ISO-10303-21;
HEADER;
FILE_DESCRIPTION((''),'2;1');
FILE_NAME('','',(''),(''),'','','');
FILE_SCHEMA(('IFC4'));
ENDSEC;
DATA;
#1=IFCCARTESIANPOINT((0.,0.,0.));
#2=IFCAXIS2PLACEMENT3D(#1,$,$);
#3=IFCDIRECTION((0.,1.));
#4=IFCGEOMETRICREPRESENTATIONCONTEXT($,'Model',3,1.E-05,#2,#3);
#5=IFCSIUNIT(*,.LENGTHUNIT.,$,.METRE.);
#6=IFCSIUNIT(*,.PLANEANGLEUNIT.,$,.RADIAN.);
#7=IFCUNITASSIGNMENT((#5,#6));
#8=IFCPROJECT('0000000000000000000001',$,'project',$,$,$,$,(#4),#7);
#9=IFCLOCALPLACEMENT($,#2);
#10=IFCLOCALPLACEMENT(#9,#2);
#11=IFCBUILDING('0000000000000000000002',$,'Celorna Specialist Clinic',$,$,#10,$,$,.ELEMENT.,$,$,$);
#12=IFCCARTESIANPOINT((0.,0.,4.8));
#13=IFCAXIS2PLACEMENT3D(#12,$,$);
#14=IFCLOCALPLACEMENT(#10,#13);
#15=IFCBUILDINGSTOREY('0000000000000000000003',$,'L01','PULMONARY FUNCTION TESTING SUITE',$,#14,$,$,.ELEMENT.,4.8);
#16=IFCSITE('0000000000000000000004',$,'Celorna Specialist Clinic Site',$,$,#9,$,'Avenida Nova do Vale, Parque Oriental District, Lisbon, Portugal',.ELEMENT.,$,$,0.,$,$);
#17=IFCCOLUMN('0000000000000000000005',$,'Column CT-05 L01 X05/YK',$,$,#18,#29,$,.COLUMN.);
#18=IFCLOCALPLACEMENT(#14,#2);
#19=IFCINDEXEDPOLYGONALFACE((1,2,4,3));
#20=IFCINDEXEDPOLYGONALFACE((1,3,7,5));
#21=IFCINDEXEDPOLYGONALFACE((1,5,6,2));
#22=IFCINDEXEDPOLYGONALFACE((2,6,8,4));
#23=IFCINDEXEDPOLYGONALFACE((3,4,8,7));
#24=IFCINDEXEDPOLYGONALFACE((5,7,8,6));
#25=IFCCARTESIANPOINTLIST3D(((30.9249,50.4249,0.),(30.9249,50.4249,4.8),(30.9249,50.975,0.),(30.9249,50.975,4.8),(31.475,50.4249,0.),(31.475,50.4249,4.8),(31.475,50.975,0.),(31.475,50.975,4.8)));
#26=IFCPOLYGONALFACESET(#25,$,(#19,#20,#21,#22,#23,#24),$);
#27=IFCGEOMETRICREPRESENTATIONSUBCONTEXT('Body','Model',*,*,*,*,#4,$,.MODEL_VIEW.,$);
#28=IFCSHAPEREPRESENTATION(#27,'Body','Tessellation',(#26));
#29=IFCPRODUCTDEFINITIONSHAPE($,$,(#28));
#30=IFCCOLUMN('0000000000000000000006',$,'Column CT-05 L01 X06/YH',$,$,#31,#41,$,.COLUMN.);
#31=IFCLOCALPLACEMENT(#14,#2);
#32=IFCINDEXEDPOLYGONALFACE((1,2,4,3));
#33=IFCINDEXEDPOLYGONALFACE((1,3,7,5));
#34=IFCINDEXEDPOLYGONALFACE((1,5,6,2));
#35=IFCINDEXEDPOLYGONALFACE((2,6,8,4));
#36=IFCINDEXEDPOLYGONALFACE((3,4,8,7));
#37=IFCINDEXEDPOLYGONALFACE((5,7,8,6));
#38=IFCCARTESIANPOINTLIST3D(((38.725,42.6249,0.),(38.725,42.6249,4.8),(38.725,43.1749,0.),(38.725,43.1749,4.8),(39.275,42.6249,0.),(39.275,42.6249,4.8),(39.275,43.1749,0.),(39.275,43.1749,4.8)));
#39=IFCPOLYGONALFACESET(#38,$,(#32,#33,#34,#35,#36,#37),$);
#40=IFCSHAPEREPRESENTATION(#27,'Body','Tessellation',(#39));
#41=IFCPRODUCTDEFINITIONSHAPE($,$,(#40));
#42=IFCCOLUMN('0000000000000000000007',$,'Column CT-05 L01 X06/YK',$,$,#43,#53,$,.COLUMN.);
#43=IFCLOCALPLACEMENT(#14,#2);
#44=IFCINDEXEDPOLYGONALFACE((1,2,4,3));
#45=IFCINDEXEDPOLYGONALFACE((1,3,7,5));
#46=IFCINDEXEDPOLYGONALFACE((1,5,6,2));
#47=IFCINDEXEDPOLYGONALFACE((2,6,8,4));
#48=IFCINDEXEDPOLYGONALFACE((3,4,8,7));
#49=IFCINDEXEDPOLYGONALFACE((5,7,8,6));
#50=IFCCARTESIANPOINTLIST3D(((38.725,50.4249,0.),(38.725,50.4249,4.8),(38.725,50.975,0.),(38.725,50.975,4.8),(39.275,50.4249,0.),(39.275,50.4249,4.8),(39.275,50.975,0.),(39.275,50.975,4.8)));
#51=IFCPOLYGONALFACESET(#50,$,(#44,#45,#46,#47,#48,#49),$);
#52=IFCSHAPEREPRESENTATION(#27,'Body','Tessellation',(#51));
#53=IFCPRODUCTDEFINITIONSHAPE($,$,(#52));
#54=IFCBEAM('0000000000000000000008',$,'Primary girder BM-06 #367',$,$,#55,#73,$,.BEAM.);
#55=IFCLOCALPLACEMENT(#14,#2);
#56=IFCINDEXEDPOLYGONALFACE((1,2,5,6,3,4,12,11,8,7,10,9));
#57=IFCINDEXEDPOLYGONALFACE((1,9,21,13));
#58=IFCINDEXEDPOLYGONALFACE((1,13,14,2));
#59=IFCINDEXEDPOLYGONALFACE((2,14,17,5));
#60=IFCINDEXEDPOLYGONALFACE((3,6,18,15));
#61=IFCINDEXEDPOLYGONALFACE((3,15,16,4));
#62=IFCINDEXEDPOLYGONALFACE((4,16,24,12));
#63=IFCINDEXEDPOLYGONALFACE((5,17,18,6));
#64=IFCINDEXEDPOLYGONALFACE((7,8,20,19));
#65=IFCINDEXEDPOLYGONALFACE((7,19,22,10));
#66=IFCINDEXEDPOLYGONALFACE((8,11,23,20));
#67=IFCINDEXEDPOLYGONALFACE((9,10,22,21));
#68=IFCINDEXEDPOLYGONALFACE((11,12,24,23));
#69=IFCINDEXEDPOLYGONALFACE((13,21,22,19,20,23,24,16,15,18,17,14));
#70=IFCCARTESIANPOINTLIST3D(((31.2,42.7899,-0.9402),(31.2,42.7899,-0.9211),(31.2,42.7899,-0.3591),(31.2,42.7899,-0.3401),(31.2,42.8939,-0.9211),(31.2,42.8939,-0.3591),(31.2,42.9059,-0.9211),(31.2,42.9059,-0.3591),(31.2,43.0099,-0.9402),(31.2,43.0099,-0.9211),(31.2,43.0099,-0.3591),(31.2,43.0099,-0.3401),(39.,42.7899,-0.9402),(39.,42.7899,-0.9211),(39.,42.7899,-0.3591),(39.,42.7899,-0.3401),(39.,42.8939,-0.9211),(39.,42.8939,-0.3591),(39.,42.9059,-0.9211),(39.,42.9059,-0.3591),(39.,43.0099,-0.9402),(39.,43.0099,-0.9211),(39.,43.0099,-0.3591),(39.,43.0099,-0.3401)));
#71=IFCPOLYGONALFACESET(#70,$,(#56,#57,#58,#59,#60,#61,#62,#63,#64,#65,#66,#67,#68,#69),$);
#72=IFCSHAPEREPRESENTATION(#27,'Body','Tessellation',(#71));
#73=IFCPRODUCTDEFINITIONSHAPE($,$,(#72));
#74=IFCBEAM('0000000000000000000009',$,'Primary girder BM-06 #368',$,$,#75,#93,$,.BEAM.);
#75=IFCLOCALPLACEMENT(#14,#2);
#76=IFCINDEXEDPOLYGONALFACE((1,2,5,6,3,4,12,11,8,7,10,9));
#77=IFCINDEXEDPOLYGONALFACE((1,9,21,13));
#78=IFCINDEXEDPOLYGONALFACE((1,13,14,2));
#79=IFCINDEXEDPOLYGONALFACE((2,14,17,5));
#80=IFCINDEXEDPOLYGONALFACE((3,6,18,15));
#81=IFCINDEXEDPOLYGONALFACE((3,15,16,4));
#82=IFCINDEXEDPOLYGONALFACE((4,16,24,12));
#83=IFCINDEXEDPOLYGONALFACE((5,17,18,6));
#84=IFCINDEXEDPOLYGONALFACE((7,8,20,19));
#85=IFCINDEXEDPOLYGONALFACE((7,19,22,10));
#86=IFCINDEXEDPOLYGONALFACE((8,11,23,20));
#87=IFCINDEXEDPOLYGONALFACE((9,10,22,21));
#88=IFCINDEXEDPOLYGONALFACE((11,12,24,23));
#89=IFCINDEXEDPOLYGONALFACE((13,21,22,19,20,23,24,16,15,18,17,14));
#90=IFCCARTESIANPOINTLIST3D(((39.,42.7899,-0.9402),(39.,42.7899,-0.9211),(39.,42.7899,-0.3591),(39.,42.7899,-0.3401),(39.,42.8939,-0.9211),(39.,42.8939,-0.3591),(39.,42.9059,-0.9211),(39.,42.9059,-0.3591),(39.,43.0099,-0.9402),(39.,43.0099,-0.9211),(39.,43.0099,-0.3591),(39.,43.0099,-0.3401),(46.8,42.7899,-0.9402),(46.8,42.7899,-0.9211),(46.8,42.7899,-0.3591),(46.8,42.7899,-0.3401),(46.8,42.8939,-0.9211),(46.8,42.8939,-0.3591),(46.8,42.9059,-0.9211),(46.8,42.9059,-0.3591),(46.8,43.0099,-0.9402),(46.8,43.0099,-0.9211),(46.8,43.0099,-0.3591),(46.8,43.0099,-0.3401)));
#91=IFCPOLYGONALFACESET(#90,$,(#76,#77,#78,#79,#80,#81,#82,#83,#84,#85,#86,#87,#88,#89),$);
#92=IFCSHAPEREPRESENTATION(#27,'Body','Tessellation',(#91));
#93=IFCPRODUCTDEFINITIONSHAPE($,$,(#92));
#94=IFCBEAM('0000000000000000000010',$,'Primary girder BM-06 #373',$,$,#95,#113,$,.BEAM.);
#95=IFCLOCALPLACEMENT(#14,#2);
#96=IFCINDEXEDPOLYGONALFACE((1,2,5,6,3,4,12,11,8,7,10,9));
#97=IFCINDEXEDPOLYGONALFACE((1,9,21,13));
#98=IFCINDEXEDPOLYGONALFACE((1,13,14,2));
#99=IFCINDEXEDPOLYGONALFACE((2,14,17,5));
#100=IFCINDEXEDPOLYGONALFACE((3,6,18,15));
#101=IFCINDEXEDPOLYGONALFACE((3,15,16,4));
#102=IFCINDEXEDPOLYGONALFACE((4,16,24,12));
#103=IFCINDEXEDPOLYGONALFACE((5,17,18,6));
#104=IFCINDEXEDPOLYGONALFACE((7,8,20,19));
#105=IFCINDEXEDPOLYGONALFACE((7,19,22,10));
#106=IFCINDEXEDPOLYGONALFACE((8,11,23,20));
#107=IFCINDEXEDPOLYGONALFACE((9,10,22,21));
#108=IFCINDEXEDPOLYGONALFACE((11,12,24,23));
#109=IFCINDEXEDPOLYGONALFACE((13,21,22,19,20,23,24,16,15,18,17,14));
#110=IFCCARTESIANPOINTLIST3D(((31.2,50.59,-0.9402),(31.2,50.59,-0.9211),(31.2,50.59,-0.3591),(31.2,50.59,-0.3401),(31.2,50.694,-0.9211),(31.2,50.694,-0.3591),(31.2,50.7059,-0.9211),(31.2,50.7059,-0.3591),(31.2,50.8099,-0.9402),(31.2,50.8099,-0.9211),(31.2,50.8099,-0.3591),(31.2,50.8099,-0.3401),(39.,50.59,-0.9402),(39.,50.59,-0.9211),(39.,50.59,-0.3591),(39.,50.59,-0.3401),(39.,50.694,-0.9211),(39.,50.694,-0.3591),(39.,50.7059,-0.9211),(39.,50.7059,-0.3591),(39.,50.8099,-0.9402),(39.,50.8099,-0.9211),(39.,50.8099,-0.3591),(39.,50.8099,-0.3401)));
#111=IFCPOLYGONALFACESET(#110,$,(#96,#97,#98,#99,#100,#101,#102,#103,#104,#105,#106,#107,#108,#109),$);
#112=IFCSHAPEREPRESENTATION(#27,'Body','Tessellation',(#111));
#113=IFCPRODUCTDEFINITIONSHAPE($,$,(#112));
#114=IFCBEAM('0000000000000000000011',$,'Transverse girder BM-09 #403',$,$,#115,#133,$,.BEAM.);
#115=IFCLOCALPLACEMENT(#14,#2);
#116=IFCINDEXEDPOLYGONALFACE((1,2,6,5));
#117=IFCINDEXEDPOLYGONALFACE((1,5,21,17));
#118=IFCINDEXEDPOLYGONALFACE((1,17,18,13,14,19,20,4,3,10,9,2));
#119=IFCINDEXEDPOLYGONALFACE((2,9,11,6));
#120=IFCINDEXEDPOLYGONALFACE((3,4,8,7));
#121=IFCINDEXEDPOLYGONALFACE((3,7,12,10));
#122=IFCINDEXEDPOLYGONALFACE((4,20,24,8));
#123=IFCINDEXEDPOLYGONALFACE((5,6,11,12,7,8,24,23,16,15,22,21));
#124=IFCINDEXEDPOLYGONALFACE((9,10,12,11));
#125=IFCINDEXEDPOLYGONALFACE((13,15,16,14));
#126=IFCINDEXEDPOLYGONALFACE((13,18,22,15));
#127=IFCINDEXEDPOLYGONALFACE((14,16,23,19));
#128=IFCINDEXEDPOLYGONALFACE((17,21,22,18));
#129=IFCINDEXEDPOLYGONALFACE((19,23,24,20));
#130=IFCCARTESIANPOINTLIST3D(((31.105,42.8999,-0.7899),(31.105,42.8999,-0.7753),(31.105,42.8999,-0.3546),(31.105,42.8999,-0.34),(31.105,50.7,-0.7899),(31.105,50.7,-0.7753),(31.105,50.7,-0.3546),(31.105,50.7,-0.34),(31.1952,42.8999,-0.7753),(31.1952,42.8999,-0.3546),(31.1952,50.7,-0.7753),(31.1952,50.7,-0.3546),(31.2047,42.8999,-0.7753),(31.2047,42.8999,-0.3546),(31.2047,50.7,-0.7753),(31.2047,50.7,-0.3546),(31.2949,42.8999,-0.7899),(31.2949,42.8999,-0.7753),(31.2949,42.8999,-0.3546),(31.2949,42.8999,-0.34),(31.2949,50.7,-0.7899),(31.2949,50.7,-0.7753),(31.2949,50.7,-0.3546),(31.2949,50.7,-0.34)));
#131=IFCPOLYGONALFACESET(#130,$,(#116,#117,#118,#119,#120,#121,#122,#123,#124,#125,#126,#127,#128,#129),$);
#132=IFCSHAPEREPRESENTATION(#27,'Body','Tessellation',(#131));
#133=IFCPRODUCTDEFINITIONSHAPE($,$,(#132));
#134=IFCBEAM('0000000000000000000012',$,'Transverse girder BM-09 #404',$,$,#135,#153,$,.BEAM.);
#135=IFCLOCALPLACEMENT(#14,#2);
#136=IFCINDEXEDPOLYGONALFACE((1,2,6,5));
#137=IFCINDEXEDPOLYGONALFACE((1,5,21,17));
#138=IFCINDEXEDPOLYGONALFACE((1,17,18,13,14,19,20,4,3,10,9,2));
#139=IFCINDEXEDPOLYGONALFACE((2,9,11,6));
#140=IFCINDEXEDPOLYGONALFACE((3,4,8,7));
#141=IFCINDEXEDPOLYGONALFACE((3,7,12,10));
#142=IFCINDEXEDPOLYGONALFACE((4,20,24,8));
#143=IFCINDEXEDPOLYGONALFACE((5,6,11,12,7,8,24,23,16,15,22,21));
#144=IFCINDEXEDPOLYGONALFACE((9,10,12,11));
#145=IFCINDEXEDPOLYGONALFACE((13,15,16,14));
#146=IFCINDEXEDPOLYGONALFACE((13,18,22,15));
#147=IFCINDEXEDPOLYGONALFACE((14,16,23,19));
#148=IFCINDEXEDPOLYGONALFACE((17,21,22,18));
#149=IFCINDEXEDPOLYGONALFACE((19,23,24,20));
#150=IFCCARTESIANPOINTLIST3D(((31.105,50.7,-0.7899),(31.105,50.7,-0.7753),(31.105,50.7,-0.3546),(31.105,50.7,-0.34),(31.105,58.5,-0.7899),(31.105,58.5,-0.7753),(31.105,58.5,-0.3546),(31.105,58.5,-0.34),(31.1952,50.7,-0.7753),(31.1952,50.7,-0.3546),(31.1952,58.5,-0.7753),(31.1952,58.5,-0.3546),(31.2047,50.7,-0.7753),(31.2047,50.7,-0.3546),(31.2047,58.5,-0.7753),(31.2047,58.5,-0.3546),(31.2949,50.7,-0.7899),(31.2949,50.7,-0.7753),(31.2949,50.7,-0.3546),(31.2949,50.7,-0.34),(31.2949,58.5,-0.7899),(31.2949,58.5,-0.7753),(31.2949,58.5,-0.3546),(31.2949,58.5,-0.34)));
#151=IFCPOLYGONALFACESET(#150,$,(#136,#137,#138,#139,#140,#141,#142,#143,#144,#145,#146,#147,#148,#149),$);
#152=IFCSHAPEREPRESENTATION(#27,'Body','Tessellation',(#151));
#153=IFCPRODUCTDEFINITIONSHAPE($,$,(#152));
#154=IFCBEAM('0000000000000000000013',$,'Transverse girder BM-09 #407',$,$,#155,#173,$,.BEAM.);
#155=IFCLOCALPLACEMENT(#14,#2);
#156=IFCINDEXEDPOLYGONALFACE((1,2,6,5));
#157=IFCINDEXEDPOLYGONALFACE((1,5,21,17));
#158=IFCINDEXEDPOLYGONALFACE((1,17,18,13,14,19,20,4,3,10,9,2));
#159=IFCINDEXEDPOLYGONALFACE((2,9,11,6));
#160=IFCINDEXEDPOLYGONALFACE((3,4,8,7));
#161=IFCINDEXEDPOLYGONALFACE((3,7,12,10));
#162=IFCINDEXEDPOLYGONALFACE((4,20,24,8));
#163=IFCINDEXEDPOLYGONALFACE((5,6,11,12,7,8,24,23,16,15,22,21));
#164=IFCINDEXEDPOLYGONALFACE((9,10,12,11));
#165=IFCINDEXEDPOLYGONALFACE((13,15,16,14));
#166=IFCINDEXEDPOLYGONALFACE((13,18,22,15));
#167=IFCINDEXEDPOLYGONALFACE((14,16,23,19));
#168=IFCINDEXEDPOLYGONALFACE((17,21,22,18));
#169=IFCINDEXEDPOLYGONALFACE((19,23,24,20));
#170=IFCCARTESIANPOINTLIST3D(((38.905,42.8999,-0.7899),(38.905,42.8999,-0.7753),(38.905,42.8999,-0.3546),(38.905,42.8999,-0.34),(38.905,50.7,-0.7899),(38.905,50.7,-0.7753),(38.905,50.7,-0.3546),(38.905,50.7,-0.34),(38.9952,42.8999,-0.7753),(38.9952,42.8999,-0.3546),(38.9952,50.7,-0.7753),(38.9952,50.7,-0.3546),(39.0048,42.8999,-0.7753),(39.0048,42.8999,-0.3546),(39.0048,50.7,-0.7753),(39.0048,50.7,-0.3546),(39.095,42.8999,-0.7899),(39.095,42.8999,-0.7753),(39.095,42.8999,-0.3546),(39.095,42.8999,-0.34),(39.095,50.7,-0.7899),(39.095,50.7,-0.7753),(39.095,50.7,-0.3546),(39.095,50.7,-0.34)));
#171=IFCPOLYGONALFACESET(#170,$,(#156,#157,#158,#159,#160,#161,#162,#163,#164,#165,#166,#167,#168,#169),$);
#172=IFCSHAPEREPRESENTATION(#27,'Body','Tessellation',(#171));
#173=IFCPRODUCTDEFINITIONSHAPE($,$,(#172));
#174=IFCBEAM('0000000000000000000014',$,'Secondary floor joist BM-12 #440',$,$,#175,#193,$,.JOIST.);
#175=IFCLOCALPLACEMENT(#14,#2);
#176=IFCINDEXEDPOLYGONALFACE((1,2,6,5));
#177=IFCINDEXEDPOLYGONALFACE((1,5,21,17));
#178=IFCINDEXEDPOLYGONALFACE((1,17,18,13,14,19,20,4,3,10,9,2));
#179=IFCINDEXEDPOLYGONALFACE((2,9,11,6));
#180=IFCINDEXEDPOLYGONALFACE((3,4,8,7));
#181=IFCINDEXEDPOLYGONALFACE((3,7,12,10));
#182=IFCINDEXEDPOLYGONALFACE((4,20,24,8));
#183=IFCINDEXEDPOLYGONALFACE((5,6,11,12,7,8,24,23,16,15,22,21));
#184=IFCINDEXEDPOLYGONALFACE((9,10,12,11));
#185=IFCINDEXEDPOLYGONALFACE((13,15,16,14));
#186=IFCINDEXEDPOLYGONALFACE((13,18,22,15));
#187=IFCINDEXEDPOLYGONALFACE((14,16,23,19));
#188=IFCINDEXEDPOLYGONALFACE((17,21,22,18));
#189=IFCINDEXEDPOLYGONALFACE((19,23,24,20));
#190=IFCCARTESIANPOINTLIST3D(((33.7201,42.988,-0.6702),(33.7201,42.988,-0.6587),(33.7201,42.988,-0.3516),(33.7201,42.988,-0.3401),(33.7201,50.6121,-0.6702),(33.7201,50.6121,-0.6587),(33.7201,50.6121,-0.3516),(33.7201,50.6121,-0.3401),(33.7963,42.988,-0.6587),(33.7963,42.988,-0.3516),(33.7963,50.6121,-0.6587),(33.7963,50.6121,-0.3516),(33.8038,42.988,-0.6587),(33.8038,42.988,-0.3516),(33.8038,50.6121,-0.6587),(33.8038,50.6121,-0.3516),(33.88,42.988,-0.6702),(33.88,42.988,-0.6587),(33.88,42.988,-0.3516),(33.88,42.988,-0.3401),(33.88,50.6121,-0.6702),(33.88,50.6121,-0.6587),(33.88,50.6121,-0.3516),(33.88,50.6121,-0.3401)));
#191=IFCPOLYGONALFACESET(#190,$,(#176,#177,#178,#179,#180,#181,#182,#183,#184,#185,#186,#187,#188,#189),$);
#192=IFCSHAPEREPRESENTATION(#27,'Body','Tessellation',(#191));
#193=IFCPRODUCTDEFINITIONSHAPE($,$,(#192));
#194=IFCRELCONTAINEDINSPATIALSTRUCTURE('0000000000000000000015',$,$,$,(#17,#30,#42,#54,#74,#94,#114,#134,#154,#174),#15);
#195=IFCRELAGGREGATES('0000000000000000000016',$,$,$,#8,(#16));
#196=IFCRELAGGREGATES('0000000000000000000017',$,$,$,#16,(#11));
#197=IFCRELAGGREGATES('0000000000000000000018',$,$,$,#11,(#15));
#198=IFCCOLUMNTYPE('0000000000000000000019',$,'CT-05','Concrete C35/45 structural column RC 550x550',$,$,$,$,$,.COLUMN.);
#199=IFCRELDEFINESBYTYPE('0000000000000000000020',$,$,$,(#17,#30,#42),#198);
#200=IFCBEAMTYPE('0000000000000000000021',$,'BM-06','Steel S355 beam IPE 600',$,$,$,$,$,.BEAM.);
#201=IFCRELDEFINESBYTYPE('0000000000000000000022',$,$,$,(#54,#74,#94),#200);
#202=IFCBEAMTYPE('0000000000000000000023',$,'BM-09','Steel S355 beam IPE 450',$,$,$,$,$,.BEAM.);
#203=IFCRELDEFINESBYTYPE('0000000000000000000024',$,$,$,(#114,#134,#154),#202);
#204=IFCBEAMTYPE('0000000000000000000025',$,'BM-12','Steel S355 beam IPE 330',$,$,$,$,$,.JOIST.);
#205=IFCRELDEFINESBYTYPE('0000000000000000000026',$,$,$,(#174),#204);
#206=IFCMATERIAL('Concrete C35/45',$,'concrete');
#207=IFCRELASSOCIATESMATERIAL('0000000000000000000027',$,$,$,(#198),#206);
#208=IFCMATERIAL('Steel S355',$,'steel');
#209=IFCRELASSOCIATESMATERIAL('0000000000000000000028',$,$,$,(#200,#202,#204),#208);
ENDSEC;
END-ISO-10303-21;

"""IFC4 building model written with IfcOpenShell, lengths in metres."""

from ifc_helpers import new_model, si_unit, direction, frame, origin, origin_2d, place, context, subcontext, project, spatial, rectangle, i_section, extrude, material, material_profile, profile_set, type_object, element, save


model = new_model("IFC4")

# Units and contexts
model_context = context("Model", 3, precision=1e-05, world=origin(), true_north=direction((0.0, 1.0)))
body_context = subcontext(model_context, "Body", "Model", "MODEL_VIEW")
ifc_project = project(units=[si_unit("LENGTHUNIT", "METRE"), si_unit("PLANEANGLEUNIT", "RADIAN")], contexts=[model_context])

# Site, building, storey
site_placement = place(None, origin())
site = spatial("IfcSite", under=ifc_project, at=site_placement, Name="Celorna Specialist Clinic Site", LongName="Avenida Nova do Vale, Parque Oriental District, Lisbon, Portugal", CompositionType="ELEMENT", RefElevation=0.0)
building_placement = place(site_placement, origin())
building = spatial("IfcBuilding", under=site, at=building_placement, Name="Celorna Specialist Clinic", CompositionType="ELEMENT")
storey_placement = place(building_placement, frame((0.0, 0.0, 4.8)))
storey = spatial("IfcBuildingStorey", under=building, at=storey_placement, Name="L01", Description="PULMONARY FUNCTION TESTING SUITE", CompositionType="ELEMENT", Elevation=4.8)

# Columns
ifc_material_1 = material(Name="Concrete C35/45", Category="concrete")
ifc_material_profile_1 = material_profile(ifc_material_1, rectangle(XDim=0.55, YDim=0.55, at=origin_2d()), Name="RC 550x550")
ifc_profile_set_1 = profile_set([ifc_material_profile_1], Name="Concrete C35/45")
column_type = type_object("IfcColumnType", Name="CT-05", Description="Concrete C35/45 structural column RC 550x550", PredefinedType="COLUMN", material=ifc_profile_set_1)
for number, where, z_axis, x_axis, name in (
    (1, (31.2, 50.7, 0.0), (0.0, 0.0, 1.0), (1.0, 0.0, 0.0), "Column CT-05 L01 X05/YK"),
    (2, (39.0, 42.8999, 0.0), (0.0, 0.0, 1.0), (1.0, 0.0, 0.0), "Column CT-05 L01 X06/YH"),
    (3, (39.0, 50.7, 0.0), (0.0, 0.0, 1.0), (1.0, 0.0, 0.0), "Column CT-05 L01 X06/YK"),
):
    element("IfcColumn", number, at=place(storey_placement, frame(where, z_axis=z_axis, x_axis=x_axis)), inside=storey, type_object=column_type, Name=name, PredefinedType="COLUMN", context=body_context, shape_type="SweptSolid", body=[
        extrude(rectangle(XDim=0.55, YDim=0.55, at=origin_2d()), origin(), (0.0, 0.0, 1.0), 4.8),
    ])

# Beams
ifc_material_2 = material(Name="Steel S355", Category="steel")
ifc_material_profile_2 = material_profile(ifc_material_2, i_section(OverallWidth=0.22, OverallDepth=0.6001, WebThickness=0.012, FlangeThickness=0.019, at=origin_2d()), Name="IPE 600")
ifc_profile_set_2 = profile_set([ifc_material_profile_2], Name="Steel S355")
beam_type_1 = type_object("IfcBeamType", Name="BM-06", Description="Steel S355 beam IPE 600", PredefinedType="BEAM", material=ifc_profile_set_2)
for number, where, z_axis, x_axis, name in (
    (4, (31.2, 42.8999, -0.6401), (1.0, 0.0, 0.0), (0.0, 1.0, 0.0), "Primary girder BM-06 #367"),
    (5, (39.0, 42.8999, -0.6401), (1.0, 0.0, 0.0), (0.0, 1.0, 0.0), "Primary girder BM-06 #368"),
    (6, (31.2, 50.7, -0.6401), (1.0, 0.0, 0.0), (0.0, 1.0, 0.0), "Primary girder BM-06 #373"),
):
    element("IfcBeam", number, at=place(storey_placement, frame(where, z_axis=z_axis, x_axis=x_axis)), inside=storey, type_object=beam_type_1, Name=name, PredefinedType="BEAM", context=body_context, shape_type="SweptSolid", body=[
        extrude(i_section(OverallWidth=0.22, OverallDepth=0.6001, WebThickness=0.012, FlangeThickness=0.019, at=origin_2d()), origin(), (0.0, 0.0, 1.0), 7.8),
    ])
ifc_material_profile_3 = material_profile(ifc_material_2, i_section(OverallWidth=0.1899, OverallDepth=0.45, WebThickness=0.0095, FlangeThickness=0.0146, at=origin_2d()), Name="IPE 450")
ifc_profile_set_3 = profile_set([ifc_material_profile_3], Name="Steel S355")
beam_type_2 = type_object("IfcBeamType", Name="BM-09", Description="Steel S355 beam IPE 450", PredefinedType="BEAM", material=ifc_profile_set_3)
for number, where, z_axis, x_axis, name in (
    (7, (31.2, 42.8999, -0.5649), (0.0, 1.0, 0.0), (-1.0, 0.0, 0.0), "Transverse girder BM-09 #403"),
    (8, (31.2, 50.7, -0.5649), (0.0, 1.0, 0.0), (-1.0, 0.0, 0.0), "Transverse girder BM-09 #404"),
    (9, (39.0, 42.8999, -0.5649), (0.0, 1.0, 0.0), (-1.0, 0.0, 0.0), "Transverse girder BM-09 #407"),
):
    element("IfcBeam", number, at=place(storey_placement, frame(where, z_axis=z_axis, x_axis=x_axis)), inside=storey, type_object=beam_type_2, Name=name, PredefinedType="BEAM", context=body_context, shape_type="SweptSolid", body=[
        extrude(i_section(OverallWidth=0.1899, OverallDepth=0.45, WebThickness=0.0095, FlangeThickness=0.0146, at=origin_2d()), origin(), (0.0, 0.0, 1.0), 7.8),
    ])
ifc_material_profile_4 = material_profile(ifc_material_2, i_section(OverallWidth=0.1599, OverallDepth=0.3301, WebThickness=0.0076, FlangeThickness=0.0115, at=origin_2d()), Name="IPE 330")
ifc_profile_set_4 = profile_set([ifc_material_profile_4], Name="Steel S355")
beam_type_3 = type_object("IfcBeamType", Name="BM-12", Description="Steel S355 beam IPE 330", PredefinedType="JOIST", material=ifc_profile_set_4)
for number, where, z_axis, x_axis, name in (
    (10, (33.8, 42.988, -0.5051), (0.0, 1.0, 0.0), (-1.0, 0.0, 0.0), "Secondary floor joist BM-12 #440"),
):
    element("IfcBeam", number, at=place(storey_placement, frame(where, z_axis=z_axis, x_axis=x_axis)), inside=storey, type_object=beam_type_3, Name=name, PredefinedType="JOIST", context=body_context, shape_type="SweptSolid", body=[
        extrude(i_section(OverallWidth=0.1599, OverallDepth=0.3301, WebThickness=0.0076, FlangeThickness=0.0115, at=origin_2d()), origin(), (0.0, 0.0, 1.0), 7.624),
    ])

save(model, "model.ifc")
